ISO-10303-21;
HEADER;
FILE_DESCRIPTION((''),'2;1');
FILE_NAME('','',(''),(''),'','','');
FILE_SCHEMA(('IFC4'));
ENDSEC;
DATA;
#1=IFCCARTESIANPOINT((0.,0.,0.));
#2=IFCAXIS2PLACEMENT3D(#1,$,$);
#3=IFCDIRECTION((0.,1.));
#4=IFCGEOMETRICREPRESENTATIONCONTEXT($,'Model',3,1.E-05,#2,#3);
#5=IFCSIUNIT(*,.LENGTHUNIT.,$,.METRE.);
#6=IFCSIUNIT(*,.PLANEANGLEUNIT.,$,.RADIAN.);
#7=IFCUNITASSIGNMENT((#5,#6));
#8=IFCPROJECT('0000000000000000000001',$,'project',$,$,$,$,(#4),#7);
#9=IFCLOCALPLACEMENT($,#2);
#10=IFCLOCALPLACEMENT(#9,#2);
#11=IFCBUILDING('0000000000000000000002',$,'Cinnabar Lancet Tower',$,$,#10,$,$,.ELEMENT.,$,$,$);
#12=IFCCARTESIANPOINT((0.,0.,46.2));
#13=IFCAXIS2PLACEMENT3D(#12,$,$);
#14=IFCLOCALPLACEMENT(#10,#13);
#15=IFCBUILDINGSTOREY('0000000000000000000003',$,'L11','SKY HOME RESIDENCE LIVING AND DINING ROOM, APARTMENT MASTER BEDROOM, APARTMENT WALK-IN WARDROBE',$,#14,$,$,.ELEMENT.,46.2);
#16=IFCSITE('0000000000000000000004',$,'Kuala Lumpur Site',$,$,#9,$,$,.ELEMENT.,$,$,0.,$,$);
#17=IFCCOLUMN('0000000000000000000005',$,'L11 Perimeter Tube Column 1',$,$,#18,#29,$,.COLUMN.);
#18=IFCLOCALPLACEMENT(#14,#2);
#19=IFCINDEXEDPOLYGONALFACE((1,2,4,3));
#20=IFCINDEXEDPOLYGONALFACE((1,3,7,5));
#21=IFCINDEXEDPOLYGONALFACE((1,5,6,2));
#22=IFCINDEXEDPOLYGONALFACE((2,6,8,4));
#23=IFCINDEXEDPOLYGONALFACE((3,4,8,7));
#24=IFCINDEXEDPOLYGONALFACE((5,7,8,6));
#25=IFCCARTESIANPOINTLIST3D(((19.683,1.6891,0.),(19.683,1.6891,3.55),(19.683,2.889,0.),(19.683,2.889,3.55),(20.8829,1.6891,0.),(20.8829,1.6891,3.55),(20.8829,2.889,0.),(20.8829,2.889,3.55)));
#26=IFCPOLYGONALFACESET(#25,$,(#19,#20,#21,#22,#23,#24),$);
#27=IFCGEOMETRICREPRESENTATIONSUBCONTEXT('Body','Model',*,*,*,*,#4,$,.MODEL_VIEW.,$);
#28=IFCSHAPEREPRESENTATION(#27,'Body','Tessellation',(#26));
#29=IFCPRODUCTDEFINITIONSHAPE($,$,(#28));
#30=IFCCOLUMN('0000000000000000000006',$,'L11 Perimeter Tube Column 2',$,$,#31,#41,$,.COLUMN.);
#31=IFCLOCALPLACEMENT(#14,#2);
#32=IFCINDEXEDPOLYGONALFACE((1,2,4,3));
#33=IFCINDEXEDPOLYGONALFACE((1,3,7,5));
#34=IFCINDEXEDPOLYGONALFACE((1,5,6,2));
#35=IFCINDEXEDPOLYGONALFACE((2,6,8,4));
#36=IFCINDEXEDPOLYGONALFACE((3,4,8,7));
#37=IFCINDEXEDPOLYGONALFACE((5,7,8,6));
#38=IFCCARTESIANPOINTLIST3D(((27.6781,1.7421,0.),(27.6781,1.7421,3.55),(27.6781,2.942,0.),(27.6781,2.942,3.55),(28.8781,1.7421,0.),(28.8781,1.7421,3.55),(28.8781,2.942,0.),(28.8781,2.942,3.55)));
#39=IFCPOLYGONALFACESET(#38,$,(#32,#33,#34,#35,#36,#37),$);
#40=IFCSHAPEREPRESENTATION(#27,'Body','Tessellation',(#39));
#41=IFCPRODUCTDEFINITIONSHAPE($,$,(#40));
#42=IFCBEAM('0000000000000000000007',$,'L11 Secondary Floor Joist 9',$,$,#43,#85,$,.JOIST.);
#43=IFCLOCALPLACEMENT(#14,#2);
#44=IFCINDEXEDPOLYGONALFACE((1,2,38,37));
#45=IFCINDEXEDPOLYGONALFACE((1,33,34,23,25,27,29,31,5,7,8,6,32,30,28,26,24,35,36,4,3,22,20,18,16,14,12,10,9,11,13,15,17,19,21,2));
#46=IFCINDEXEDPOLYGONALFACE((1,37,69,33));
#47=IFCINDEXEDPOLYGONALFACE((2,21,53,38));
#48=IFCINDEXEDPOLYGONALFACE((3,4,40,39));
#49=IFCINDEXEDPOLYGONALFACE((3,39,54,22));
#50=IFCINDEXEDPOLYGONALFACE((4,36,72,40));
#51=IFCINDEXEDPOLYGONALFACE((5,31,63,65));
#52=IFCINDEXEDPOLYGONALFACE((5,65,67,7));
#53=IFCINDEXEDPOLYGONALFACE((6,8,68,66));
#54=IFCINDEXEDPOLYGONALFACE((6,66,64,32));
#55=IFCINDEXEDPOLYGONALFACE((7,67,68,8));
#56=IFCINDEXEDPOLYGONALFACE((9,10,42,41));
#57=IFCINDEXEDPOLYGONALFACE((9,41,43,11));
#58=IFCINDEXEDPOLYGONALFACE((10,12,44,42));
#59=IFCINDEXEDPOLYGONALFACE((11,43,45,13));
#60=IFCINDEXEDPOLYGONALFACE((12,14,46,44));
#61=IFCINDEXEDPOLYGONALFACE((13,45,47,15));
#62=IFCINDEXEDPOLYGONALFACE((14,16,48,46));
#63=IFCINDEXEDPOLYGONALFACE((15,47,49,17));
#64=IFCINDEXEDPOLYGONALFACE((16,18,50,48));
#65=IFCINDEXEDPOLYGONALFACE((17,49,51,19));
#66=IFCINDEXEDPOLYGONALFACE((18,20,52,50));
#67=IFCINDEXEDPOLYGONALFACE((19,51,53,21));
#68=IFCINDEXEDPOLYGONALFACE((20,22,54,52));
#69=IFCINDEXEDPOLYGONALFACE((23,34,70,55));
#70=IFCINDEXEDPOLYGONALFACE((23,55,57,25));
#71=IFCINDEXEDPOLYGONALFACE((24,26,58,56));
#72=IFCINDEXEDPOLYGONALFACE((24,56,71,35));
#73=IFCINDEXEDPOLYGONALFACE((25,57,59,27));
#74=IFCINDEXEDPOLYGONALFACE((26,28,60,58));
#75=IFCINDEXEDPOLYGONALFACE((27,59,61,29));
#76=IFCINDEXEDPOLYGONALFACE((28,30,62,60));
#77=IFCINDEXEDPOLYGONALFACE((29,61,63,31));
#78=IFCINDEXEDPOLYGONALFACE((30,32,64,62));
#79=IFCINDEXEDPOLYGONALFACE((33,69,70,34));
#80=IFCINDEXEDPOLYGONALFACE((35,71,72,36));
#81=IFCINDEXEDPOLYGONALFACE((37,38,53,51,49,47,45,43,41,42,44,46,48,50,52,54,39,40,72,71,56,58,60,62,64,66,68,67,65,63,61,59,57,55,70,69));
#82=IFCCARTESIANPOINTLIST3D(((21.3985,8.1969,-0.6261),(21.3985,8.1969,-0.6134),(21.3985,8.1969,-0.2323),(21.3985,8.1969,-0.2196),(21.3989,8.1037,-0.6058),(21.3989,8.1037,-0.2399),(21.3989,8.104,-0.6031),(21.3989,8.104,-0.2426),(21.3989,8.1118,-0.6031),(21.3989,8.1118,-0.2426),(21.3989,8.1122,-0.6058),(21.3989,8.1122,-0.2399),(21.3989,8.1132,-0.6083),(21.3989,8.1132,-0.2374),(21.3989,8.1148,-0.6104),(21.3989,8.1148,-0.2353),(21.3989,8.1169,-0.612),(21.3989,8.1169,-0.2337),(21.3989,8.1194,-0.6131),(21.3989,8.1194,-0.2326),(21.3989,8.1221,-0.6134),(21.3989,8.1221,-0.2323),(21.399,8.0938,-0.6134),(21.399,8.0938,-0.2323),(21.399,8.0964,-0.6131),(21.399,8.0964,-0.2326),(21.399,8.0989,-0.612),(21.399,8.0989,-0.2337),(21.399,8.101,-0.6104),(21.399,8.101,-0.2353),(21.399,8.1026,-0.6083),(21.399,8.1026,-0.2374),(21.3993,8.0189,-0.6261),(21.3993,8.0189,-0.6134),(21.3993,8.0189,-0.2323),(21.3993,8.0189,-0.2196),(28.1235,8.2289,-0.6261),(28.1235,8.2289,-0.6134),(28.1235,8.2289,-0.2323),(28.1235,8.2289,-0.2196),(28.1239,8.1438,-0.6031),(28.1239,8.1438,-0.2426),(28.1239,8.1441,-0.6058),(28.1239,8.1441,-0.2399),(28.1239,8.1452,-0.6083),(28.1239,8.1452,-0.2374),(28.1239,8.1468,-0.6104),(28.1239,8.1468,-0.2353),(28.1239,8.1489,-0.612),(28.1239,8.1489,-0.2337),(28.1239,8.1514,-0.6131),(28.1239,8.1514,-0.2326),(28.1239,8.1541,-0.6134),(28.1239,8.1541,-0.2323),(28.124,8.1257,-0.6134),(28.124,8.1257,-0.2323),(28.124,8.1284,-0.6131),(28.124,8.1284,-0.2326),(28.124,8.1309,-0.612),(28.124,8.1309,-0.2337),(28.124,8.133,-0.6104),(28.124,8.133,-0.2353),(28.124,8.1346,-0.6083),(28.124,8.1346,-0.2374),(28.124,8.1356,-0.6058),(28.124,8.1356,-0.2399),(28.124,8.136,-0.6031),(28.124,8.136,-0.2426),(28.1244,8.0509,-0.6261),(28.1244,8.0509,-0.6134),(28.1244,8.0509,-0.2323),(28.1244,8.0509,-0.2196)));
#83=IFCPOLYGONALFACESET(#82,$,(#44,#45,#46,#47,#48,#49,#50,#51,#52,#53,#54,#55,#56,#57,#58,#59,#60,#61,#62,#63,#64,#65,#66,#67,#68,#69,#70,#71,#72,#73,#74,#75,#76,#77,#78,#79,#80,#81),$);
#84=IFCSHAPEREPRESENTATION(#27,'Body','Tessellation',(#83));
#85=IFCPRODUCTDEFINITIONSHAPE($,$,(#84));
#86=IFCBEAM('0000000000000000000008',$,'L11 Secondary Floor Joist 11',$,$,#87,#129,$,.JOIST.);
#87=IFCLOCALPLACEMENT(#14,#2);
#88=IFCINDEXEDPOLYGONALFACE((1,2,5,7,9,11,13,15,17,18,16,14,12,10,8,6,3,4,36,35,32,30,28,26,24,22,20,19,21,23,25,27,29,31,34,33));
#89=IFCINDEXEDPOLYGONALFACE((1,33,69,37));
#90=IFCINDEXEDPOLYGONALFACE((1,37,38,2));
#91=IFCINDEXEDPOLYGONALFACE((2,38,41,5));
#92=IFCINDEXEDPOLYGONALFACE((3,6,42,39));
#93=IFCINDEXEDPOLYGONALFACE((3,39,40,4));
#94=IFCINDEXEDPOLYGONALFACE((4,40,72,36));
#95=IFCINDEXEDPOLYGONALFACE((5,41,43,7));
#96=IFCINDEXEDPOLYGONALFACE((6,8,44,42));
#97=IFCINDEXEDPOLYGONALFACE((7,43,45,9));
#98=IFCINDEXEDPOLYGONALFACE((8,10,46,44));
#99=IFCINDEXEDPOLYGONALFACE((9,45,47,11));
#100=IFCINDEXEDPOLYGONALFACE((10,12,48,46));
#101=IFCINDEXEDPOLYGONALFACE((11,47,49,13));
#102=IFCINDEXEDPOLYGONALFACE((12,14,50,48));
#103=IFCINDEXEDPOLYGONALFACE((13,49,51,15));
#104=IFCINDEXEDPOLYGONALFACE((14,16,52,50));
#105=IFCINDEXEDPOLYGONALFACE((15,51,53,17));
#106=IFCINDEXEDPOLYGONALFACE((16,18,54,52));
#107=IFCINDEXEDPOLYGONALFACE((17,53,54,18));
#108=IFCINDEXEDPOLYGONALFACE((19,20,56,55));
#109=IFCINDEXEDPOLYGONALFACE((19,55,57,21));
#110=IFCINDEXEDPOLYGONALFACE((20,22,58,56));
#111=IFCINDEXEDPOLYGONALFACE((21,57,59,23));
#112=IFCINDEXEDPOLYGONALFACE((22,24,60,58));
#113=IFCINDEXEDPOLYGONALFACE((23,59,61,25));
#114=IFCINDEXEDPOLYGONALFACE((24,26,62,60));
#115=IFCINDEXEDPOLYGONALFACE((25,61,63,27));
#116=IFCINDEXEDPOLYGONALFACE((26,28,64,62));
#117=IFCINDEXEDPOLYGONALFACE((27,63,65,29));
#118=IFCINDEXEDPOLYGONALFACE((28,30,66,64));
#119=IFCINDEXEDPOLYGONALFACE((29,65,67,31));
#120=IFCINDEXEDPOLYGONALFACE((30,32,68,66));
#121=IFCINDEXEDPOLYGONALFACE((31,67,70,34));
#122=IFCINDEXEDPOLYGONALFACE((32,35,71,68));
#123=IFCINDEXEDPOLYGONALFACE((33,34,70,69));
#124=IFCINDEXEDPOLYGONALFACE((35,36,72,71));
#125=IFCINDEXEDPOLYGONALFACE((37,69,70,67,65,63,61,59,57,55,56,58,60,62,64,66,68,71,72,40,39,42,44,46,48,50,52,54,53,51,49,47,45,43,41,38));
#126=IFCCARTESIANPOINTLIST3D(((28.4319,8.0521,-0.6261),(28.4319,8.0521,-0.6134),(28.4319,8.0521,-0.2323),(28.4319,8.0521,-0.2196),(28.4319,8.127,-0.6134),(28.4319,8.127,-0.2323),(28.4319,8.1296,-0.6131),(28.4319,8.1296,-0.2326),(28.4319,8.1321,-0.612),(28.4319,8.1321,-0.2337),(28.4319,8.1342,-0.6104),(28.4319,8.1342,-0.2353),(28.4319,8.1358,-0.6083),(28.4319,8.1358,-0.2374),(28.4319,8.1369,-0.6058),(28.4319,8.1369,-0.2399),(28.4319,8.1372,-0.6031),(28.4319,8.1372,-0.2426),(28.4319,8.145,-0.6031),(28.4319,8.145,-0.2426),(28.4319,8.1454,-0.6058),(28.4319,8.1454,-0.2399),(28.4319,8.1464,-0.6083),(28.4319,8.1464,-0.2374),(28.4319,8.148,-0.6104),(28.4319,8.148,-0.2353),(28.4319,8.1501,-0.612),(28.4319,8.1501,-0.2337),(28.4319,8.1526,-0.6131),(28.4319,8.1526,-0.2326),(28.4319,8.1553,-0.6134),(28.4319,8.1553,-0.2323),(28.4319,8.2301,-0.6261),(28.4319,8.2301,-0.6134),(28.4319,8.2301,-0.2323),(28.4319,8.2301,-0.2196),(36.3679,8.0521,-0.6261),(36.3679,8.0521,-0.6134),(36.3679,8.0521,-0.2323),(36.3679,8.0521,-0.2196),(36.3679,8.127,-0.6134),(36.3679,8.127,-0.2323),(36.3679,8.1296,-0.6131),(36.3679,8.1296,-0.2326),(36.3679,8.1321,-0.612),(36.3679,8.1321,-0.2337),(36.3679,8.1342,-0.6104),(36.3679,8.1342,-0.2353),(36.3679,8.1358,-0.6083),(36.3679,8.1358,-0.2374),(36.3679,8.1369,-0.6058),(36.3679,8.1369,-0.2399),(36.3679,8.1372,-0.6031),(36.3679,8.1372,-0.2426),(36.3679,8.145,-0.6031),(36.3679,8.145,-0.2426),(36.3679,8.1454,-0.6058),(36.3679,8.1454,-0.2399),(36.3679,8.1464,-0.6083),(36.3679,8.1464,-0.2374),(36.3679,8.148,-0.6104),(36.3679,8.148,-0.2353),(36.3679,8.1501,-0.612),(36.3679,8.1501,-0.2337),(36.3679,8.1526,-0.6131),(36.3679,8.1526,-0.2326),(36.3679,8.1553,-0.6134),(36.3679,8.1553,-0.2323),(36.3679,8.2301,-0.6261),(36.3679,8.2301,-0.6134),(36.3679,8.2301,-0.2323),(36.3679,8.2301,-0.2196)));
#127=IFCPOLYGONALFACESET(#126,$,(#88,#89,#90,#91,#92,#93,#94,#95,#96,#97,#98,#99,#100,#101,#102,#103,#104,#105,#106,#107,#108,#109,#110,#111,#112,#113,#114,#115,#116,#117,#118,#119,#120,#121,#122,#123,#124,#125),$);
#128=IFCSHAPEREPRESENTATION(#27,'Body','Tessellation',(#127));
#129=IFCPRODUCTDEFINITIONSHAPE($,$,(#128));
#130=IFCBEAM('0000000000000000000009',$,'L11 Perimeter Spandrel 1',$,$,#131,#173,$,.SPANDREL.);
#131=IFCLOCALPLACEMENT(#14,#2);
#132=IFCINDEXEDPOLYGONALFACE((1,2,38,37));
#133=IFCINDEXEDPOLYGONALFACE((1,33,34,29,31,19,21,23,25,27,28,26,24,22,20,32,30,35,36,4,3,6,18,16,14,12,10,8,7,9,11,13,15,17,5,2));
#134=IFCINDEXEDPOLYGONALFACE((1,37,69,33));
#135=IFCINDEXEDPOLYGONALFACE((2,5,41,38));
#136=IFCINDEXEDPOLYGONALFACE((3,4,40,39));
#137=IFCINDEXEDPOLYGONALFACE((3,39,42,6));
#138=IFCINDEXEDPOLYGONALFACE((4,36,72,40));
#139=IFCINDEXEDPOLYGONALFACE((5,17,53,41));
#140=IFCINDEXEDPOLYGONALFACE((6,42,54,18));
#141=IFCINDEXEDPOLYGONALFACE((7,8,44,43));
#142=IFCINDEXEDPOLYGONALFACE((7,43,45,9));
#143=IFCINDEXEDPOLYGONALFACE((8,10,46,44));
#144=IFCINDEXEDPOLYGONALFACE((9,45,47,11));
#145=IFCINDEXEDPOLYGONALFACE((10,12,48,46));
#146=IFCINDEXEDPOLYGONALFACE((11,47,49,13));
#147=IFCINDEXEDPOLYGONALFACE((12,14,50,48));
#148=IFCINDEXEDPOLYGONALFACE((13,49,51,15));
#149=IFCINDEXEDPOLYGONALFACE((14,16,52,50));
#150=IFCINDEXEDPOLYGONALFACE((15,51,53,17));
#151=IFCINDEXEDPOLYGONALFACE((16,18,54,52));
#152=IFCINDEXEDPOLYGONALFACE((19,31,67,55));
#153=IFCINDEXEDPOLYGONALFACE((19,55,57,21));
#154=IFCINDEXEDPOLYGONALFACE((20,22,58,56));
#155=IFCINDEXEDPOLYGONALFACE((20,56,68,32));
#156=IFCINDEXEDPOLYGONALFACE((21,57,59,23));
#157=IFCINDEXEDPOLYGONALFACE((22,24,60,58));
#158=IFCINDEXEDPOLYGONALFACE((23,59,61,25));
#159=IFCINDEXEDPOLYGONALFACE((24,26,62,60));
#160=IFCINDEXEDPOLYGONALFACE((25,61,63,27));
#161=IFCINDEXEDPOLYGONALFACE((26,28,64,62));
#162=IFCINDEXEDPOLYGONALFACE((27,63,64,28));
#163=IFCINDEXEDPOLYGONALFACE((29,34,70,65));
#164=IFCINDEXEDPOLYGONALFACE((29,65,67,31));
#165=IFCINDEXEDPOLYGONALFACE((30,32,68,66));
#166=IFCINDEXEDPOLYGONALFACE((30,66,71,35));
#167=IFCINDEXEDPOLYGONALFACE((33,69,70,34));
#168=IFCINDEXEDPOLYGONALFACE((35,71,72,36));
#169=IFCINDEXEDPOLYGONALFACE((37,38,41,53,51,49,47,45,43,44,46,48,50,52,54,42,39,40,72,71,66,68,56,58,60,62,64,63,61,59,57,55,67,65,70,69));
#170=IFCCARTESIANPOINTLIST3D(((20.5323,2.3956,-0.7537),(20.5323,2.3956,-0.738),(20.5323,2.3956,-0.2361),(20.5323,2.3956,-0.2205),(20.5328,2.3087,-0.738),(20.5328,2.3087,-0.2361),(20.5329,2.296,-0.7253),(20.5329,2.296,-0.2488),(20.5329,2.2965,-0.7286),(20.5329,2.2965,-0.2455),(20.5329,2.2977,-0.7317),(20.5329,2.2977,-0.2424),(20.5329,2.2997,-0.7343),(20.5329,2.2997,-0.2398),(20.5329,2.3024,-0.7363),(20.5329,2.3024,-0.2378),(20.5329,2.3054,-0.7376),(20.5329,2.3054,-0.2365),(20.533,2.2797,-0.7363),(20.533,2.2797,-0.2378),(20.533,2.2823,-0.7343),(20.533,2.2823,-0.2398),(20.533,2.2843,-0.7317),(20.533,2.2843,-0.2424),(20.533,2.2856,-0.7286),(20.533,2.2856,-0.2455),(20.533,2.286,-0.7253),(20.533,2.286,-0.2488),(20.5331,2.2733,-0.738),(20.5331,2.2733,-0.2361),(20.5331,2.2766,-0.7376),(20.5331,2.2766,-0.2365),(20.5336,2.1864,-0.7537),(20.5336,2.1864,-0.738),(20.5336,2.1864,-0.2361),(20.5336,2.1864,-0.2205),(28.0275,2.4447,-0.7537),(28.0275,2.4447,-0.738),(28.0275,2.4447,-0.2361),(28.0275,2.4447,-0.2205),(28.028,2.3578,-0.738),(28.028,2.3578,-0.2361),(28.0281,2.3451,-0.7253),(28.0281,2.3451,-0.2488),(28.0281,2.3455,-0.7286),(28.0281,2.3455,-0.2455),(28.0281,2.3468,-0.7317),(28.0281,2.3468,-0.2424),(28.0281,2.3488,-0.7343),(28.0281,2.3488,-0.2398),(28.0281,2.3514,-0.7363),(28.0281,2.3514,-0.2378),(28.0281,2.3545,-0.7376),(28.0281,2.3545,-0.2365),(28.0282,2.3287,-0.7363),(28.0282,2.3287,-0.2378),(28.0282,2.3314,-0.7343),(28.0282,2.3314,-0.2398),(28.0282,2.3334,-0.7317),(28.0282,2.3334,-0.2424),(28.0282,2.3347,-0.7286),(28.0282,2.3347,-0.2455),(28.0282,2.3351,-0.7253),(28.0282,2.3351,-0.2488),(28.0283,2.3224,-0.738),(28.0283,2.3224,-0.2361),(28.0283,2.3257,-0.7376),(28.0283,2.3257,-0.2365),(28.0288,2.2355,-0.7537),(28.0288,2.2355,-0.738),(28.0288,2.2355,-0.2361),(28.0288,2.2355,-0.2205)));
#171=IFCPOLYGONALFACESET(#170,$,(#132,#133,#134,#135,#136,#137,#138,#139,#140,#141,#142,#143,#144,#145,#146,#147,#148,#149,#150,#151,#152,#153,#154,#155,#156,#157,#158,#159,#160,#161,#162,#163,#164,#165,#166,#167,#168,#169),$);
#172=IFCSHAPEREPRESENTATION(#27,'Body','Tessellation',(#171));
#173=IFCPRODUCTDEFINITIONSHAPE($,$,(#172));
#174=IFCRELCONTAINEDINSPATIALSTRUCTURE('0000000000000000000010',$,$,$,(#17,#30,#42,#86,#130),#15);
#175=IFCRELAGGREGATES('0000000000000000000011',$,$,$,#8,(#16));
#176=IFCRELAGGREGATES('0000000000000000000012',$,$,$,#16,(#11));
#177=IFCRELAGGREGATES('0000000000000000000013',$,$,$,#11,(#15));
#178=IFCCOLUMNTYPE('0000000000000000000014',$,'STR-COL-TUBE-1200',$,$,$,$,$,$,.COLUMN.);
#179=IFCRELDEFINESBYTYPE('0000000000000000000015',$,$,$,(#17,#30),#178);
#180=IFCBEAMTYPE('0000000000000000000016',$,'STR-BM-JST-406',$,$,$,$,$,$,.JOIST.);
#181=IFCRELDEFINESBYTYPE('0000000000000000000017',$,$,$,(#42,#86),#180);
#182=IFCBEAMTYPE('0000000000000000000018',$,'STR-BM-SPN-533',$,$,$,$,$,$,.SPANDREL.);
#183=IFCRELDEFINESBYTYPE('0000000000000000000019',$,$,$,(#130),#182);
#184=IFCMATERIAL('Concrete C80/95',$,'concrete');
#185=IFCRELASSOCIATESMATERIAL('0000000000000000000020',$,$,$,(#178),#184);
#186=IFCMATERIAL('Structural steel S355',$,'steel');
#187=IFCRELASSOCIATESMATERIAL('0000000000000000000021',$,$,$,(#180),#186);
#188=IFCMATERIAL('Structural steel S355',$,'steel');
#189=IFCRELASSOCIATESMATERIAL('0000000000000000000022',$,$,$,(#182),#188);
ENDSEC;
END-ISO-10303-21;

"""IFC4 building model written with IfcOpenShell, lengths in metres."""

from ifc_helpers import new_model, si_unit, direction, frame, origin, origin_2d, place, context, subcontext, project, spatial, rectangle, i_section, extrude, material, material_profile, profile_set, type_object, element, save


model = new_model("IFC4")

# Units and contexts
model_context = context("Model", 3, precision=1e-05, world=origin(), true_north=direction((0.0, 1.0)))
body_context = subcontext(model_context, "Body", "Model", "MODEL_VIEW")
ifc_project = project(units=[si_unit("LENGTHUNIT", "METRE"), si_unit("PLANEANGLEUNIT", "RADIAN")], contexts=[model_context])

# Site, building, storey
site_placement = place(None, origin())
site = spatial("IfcSite", under=ifc_project, at=site_placement, Name="Kuala Lumpur Site", CompositionType="ELEMENT", RefElevation=0.0)
building_placement = place(site_placement, origin())
building = spatial("IfcBuilding", under=site, at=building_placement, Name="Cinnabar Lancet Tower", CompositionType="ELEMENT")
storey_placement = place(building_placement, frame((0.0, 0.0, 46.2)))
storey = spatial("IfcBuildingStorey", under=building, at=storey_placement, Name="L11", Description="SKY HOME RESIDENCE LIVING AND DINING ROOM, APARTMENT MASTER BEDROOM, APARTMENT WALK-IN WARDROBE", CompositionType="ELEMENT", Elevation=46.2)

# Columns
ifc_material_1 = material(Name="Concrete C80/95", Category="concrete")
ifc_material_profile_1 = material_profile(ifc_material_1, rectangle(XDim=1.2, YDim=1.2, at=origin_2d()), Name="RC-COL 1200x1200")
ifc_profile_set_1 = profile_set([ifc_material_profile_1], Name="Concrete C80/95")
column_type = type_object("IfcColumnType", Name="STR-COL-TUBE-1200", PredefinedType="COLUMN", material=ifc_profile_set_1)
for number, where, z_axis, x_axis, name in (
    (1, (20.283, 2.2891, 0.0), (0.0, 0.0, 1.0), (1.0, 0.0, 0.0), "L11 Perimeter Tube Column 1"),
    (2, (28.2781, 2.342, 0.0), (0.0, 0.0, 1.0), (1.0, 0.0, 0.0), "L11 Perimeter Tube Column 2"),
):
    element("IfcColumn", number, at=place(storey_placement, frame(where, z_axis=z_axis, x_axis=x_axis)), inside=storey, type_object=column_type, Name=name, PredefinedType="COLUMN", context=body_context, shape_type="SweptSolid", body=[
        extrude(rectangle(XDim=1.2, YDim=1.2, at=origin_2d()), origin(), (0.0, 0.0, 1.0), 3.55),
    ])

# Beams
ifc_material_2 = material(Name="Structural steel S355", Category="steel")
ifc_material_profile_2 = material_profile(ifc_material_2, i_section(OverallWidth=0.178, OverallDepth=0.4065, WebThickness=0.0078, FlangeThickness=0.0127, FilletRadius=0.0103, at=origin_2d()), Name="UKB 406x178x60")
ifc_profile_set_2 = profile_set([ifc_material_profile_2], Name="Structural steel S355")
beam_type_1 = type_object("IfcBeamType", Name="STR-BM-JST-406", PredefinedType="JOIST", material=ifc_profile_set_2)
beam_1_placement = place(storey_placement, frame((21.3989, 8.1079, -0.4229), z_axis=(0.999989, 0.004756, 0.0), x_axis=(-0.004756, 0.999989, 0.0)))
element("IfcBeam", 3, at=beam_1_placement, inside=storey, type_object=beam_type_1, Name="L11 Secondary Floor Joist 9", PredefinedType="JOIST", context=body_context, shape_type="SweptSolid", body=[
    extrude(i_section(OverallWidth=0.178, OverallDepth=0.4065, WebThickness=0.0078, FlangeThickness=0.0127, FilletRadius=0.0103, at=origin_2d()), origin(), (0.0, 0.0, 1.0), 6.7251),
])
beam_2_placement = place(storey_placement, frame((28.4319, 8.1411, -0.4229), z_axis=(1.0, 0.0, 0.0), x_axis=(0.0, 1.0, 0.0)))
element("IfcBeam", 4, at=beam_2_placement, inside=storey, type_object=beam_type_1, Name="L11 Secondary Floor Joist 11", PredefinedType="JOIST", context=body_context, shape_type="SweptSolid", body=[
    extrude(i_section(OverallWidth=0.178, OverallDepth=0.4065, WebThickness=0.0078, FlangeThickness=0.0127, FilletRadius=0.0103, at=origin_2d()), origin(), (0.0, 0.0, 1.0), 7.936),
])
ifc_material_3 = material(Name="Structural steel S355", Category="steel")
ifc_material_profile_3 = material_profile(ifc_material_3, i_section(OverallWidth=0.2092, OverallDepth=0.5332, WebThickness=0.01, FlangeThickness=0.0156, FilletRadius=0.0127, at=origin_2d()), Name="UKB 533x210x92")
ifc_profile_set_3 = profile_set([ifc_material_profile_3], Name="Structural steel S355")
beam_type_2 = type_object("IfcBeamType", Name="STR-BM-SPN-533", PredefinedType="SPANDREL", material=ifc_profile_set_3)
beam_3_placement = place(storey_placement, frame((20.533, 2.291, -0.4871), z_axis=(0.999979, 0.006547, 0.0), x_axis=(-0.006547, 0.999979, 0.0)))
element("IfcBeam", 5, at=beam_3_placement, inside=storey, type_object=beam_type_2, Name="L11 Perimeter Spandrel 1", PredefinedType="SPANDREL", context=body_context, shape_type="SweptSolid", body=[
    extrude(i_section(OverallWidth=0.2092, OverallDepth=0.5332, WebThickness=0.01, FlangeThickness=0.0156, FilletRadius=0.0127, at=origin_2d()), origin(), (0.0, 0.0, 1.0), 7.4954),
])

save(model, "model.ifc")
